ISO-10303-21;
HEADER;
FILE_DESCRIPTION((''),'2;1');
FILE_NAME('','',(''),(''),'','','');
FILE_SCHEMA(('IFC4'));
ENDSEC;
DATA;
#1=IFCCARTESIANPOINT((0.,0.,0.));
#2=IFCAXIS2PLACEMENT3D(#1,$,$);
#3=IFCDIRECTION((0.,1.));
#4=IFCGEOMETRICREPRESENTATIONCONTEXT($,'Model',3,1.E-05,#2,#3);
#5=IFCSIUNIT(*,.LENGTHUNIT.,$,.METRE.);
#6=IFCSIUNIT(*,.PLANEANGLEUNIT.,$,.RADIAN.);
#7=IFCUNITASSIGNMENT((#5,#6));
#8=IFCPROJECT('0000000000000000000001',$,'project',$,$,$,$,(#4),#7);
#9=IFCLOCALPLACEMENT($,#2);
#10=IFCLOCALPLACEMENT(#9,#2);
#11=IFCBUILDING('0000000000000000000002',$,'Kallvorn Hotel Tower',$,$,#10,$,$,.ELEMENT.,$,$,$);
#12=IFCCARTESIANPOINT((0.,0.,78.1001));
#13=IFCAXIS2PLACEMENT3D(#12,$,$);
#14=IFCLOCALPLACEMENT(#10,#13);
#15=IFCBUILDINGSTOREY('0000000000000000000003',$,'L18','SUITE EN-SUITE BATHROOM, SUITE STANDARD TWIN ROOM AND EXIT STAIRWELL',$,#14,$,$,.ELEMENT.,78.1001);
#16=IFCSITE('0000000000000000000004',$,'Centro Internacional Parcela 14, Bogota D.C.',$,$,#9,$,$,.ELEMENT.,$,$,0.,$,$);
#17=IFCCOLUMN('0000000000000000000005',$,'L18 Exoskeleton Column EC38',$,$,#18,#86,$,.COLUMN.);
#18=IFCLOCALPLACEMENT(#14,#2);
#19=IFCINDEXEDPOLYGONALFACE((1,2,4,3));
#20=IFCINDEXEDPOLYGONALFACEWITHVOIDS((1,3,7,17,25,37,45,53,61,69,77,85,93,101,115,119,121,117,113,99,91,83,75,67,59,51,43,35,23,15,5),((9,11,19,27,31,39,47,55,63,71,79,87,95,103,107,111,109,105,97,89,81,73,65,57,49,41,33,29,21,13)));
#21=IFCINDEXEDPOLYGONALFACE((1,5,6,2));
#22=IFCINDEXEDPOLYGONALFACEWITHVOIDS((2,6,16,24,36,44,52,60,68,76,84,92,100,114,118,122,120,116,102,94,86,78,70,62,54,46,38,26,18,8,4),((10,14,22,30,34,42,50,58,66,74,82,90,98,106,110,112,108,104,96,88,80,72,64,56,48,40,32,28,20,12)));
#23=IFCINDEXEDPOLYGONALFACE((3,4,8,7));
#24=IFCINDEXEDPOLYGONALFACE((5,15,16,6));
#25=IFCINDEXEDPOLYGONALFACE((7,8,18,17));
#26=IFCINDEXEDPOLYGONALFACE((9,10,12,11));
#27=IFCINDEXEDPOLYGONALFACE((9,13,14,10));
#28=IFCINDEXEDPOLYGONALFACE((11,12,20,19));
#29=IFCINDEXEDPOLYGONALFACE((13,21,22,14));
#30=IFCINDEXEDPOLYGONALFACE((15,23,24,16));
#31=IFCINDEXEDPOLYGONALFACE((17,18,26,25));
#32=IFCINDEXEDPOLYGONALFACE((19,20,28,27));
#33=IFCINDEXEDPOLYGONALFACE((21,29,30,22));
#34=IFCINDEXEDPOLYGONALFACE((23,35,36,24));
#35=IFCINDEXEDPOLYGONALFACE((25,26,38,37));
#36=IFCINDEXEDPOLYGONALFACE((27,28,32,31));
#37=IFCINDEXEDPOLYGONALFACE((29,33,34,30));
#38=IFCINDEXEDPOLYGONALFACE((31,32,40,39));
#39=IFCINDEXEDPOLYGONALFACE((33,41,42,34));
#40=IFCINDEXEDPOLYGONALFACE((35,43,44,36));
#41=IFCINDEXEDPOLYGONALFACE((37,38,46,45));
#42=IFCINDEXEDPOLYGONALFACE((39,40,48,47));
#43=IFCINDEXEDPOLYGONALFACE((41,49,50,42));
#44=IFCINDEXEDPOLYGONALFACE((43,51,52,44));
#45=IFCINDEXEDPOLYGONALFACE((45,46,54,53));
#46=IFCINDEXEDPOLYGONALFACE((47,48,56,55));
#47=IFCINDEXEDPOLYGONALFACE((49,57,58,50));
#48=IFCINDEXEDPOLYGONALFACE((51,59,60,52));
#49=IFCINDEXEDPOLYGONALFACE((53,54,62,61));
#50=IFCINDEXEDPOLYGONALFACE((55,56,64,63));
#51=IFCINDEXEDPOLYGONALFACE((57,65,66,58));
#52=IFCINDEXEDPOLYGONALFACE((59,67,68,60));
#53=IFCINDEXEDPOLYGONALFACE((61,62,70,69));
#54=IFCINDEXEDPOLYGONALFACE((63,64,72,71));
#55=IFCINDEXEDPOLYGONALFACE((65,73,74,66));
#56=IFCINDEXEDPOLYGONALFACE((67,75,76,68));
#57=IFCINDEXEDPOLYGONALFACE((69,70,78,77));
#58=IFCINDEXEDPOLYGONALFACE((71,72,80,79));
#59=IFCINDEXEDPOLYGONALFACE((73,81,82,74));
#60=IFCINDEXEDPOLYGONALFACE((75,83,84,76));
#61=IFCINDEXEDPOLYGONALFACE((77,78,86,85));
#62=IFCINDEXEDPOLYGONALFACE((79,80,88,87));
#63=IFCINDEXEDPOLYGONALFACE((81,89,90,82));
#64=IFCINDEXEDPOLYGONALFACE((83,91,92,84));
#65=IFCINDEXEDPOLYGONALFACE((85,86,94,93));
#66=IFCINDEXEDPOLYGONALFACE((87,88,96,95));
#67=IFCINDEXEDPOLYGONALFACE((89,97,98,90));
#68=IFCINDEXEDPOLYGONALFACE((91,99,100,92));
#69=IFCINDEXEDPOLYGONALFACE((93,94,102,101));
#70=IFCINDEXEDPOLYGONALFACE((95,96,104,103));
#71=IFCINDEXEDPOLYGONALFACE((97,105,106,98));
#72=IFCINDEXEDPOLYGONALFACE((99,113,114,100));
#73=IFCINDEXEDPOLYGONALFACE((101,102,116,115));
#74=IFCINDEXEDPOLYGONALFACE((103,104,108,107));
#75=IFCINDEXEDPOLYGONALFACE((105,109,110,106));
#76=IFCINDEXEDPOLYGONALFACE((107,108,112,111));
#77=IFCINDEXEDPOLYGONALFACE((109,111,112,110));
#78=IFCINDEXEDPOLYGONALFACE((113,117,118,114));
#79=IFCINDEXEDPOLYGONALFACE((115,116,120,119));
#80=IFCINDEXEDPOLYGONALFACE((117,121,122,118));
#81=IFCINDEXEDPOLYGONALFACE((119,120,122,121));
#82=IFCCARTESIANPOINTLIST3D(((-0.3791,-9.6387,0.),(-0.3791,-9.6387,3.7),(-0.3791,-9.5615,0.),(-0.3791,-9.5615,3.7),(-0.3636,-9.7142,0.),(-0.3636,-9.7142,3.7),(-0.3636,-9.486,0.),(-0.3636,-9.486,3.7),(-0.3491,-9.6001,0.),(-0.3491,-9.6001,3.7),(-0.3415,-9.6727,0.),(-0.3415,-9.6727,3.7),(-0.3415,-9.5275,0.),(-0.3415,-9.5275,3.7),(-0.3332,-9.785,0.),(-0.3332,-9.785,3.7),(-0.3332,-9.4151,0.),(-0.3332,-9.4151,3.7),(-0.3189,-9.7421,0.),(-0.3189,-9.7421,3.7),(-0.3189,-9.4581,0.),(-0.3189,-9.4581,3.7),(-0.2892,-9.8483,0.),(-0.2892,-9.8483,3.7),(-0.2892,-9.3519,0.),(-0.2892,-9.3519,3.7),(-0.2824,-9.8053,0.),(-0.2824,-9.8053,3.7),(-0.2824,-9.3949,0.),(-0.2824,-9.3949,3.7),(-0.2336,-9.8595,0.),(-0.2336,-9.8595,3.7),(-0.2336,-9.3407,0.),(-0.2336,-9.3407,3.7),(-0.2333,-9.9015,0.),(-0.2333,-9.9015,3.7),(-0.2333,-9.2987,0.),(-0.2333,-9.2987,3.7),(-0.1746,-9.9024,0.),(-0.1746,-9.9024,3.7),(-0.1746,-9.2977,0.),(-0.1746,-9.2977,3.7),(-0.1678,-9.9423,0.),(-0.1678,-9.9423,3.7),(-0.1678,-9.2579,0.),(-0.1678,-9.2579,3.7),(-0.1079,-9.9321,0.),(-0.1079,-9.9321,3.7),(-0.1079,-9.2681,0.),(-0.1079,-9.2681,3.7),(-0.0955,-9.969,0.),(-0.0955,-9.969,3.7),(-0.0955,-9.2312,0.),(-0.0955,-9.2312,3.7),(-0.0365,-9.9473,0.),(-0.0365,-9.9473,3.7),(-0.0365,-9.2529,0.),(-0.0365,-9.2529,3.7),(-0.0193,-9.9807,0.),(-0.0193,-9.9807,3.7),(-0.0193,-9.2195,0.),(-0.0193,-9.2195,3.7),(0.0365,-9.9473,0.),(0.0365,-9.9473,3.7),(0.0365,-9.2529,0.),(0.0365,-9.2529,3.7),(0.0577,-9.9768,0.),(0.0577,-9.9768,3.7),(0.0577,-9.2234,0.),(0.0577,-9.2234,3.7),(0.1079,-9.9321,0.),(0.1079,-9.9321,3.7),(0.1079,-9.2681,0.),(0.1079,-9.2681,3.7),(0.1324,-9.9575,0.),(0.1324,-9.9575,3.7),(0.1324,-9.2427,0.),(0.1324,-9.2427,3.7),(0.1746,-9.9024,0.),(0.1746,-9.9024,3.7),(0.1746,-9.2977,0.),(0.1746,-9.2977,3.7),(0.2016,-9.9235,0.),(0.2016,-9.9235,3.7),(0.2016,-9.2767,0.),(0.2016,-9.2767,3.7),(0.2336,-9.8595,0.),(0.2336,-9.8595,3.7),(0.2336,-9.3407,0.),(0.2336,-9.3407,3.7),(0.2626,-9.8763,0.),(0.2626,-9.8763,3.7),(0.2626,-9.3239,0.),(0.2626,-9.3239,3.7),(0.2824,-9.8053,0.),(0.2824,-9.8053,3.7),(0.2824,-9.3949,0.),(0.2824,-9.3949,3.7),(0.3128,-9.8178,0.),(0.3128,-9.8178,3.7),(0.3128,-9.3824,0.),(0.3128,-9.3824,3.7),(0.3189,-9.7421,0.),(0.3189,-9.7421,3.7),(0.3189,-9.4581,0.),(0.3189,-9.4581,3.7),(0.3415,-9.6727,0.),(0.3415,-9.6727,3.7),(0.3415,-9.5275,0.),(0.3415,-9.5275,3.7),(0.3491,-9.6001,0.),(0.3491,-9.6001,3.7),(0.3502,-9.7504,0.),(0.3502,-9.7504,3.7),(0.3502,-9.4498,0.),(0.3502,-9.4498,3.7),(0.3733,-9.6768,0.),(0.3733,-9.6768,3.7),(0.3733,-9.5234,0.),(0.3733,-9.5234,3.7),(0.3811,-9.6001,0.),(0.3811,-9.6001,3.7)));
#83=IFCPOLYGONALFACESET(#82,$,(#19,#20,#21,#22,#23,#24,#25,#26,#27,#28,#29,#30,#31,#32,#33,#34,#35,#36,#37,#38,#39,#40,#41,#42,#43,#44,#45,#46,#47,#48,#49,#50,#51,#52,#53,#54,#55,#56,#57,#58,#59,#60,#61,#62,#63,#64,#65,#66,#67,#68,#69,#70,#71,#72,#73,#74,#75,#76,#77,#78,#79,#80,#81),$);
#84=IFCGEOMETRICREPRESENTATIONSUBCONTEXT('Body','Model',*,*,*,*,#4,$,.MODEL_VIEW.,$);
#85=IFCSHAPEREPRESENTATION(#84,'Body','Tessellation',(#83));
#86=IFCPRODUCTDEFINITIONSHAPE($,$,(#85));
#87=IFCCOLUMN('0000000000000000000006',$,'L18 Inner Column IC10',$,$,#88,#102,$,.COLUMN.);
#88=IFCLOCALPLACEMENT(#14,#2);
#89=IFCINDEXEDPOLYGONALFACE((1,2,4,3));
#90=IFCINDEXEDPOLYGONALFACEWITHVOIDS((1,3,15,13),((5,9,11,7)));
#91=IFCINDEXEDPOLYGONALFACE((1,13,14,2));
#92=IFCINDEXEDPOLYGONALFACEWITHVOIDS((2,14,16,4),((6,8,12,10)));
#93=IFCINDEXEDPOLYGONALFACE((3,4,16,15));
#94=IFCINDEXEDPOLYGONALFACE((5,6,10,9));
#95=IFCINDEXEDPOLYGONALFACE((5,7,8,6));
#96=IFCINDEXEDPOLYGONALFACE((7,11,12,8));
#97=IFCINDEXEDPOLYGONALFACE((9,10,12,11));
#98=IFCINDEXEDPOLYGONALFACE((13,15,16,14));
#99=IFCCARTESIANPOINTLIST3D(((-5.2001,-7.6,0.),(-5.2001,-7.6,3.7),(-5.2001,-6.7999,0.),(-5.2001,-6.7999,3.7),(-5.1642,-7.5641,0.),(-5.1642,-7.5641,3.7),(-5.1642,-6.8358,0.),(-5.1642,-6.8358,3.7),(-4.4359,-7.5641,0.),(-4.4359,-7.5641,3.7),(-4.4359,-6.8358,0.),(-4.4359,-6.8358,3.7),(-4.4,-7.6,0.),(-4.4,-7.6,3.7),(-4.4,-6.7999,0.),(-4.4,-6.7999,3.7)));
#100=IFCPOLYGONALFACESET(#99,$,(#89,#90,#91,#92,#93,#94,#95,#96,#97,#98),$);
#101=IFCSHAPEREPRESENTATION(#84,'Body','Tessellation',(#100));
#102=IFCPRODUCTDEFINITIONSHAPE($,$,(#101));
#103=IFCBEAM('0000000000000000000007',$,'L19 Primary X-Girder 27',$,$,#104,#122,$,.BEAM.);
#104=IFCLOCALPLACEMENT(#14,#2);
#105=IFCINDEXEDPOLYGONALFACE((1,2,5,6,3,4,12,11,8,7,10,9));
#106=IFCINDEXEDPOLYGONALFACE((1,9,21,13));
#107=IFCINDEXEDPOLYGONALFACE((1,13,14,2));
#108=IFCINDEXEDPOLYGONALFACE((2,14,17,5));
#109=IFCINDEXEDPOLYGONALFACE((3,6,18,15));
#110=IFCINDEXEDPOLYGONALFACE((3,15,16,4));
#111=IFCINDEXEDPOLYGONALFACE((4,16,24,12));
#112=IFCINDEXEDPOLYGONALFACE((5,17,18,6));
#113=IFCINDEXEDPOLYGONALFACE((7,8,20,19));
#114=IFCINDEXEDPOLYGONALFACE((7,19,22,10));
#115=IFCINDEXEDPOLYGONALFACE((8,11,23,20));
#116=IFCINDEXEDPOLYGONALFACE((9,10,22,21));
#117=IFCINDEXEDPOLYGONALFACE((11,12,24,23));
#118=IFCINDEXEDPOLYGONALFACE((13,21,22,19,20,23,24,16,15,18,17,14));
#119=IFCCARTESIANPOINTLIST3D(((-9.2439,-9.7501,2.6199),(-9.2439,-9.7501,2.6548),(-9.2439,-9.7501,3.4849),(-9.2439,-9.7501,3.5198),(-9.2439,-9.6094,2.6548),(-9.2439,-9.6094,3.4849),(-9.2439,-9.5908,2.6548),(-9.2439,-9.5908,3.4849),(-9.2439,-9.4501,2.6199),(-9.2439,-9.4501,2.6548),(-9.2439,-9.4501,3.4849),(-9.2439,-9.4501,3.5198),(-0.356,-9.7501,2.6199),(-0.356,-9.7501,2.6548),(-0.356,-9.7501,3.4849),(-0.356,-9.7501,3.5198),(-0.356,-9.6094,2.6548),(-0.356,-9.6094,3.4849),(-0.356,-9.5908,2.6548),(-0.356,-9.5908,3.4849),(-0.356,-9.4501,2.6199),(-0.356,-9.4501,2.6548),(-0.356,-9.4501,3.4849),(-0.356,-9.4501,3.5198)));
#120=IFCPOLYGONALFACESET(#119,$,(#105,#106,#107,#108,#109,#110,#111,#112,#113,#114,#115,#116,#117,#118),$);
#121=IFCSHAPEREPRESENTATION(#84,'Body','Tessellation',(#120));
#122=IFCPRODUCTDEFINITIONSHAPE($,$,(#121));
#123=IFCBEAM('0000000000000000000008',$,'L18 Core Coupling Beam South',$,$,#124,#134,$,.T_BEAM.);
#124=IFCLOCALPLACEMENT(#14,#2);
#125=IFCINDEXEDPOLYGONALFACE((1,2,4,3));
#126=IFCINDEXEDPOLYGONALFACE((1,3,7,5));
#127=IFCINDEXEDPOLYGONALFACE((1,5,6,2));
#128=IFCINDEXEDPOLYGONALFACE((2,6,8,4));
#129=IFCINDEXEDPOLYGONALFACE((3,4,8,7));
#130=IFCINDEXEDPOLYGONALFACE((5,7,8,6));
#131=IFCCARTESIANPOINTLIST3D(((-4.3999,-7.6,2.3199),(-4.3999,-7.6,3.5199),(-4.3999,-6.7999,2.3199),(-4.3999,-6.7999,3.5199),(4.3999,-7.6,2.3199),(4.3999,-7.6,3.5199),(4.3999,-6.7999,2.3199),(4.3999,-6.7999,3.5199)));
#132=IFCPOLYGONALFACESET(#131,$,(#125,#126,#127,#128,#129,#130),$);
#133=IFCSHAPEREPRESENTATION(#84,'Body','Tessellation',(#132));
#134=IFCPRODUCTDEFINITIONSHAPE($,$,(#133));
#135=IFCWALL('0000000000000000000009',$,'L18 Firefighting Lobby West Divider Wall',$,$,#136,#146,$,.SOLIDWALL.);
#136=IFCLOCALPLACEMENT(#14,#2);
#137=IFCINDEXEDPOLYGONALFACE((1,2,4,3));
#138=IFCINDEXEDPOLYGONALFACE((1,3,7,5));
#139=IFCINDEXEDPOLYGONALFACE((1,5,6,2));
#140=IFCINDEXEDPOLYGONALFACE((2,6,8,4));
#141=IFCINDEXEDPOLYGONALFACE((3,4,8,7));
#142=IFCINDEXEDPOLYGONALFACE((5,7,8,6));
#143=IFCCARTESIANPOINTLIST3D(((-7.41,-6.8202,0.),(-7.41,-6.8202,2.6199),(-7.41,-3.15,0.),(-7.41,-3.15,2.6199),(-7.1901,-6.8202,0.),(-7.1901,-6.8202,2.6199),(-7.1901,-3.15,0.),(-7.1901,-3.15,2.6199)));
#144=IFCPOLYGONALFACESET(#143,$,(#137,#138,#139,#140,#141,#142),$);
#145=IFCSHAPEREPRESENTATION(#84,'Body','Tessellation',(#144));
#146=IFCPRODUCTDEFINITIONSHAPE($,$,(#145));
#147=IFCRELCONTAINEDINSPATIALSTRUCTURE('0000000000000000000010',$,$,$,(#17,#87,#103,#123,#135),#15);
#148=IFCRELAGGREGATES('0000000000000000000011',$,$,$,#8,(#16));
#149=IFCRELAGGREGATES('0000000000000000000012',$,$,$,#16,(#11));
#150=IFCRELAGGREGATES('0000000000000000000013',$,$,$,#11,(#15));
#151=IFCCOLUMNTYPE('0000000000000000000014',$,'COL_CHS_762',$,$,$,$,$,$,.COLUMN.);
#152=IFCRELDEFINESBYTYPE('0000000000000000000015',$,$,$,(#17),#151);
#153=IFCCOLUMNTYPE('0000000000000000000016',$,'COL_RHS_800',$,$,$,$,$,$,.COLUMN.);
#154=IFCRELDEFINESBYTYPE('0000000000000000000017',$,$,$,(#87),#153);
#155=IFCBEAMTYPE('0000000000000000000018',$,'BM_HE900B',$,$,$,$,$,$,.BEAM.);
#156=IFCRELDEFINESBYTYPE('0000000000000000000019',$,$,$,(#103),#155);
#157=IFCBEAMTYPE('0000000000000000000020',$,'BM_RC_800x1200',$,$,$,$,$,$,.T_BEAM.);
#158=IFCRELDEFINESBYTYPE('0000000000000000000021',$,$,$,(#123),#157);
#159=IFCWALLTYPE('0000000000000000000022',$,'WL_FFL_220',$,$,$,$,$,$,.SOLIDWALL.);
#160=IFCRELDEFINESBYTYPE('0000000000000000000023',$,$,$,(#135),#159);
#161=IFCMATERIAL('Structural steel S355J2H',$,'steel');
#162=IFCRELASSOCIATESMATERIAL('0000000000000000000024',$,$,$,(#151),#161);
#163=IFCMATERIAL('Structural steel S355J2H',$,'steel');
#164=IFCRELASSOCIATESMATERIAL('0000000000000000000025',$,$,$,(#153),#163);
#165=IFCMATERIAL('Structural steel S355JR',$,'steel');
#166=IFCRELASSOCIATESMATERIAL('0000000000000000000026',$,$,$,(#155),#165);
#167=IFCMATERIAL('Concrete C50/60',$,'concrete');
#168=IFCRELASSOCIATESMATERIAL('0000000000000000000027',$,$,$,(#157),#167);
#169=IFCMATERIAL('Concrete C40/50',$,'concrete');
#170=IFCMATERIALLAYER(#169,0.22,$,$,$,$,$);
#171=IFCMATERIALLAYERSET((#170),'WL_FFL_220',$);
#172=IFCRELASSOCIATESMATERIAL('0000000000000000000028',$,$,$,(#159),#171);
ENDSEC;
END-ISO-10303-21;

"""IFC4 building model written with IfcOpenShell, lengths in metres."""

from ifc_helpers import new_model, si_unit, direction, frame, frame_2d, origin, origin_2d, place, context, subcontext, project, spatial, rectangle, hollow_rectangle, hollow_circle, i_section, extrude, material, layer, layer_set, material_profile, profile_set, type_object, element, save


model = new_model("IFC4")

# Units and contexts
model_context = context("Model", 3, precision=1e-05, world=origin(), true_north=direction((0.0, 1.0)))
body_context = subcontext(model_context, "Body", "Model", "MODEL_VIEW")
ifc_project = project(units=[si_unit("LENGTHUNIT", "METRE"), si_unit("PLANEANGLEUNIT", "RADIAN")], contexts=[model_context])

# Site, building, storey
site_placement = place(None, origin())
site = spatial("IfcSite", under=ifc_project, at=site_placement, Name="Centro Internacional Parcela 14, Bogota D.C.", CompositionType="ELEMENT", RefElevation=0.0)
building_placement = place(site_placement, origin())
building = spatial("IfcBuilding", under=site, at=building_placement, Name="Kallvorn Hotel Tower", CompositionType="ELEMENT")
storey_placement = place(building_placement, frame((0.0, 0.0, 78.1001)))
storey = spatial("IfcBuildingStorey", under=building, at=storey_placement, Name="L18", Description="SUITE EN-SUITE BATHROOM, SUITE STANDARD TWIN ROOM AND EXIT STAIRWELL", CompositionType="ELEMENT", Elevation=78.1001)

# Columns
ifc_material_1 = material(Name="Structural steel S355J2H", Category="steel")
ifc_material_profile_1 = material_profile(ifc_material_1, hollow_circle(Radius=0.3811, WallThickness=0.032, at=origin_2d()), Name="CHS 762x32")
ifc_profile_set_1 = profile_set([ifc_material_profile_1], Name="Structural steel S355J2H")
column_type_1 = type_object("IfcColumnType", Name="COL_CHS_762", PredefinedType="COLUMN", material=ifc_profile_set_1)
column_1_placement = place(storey_placement, frame((0.0, -9.6001, 0.0), z_axis=(0.0, 0.0, 1.0), x_axis=(1.0, 0.0, 0.0)))
element("IfcColumn", 1, at=column_1_placement, inside=storey, type_object=column_type_1, Name="L18 Exoskeleton Column EC38", PredefinedType="COLUMN", context=body_context, shape_type="SweptSolid", body=[
    extrude(hollow_circle(Radius=0.3811, WallThickness=0.032, at=origin_2d()), origin(), (0.0, 0.0, 1.0), 3.7),
])
ifc_material_2 = material(Name="Structural steel S355J2H", Category="steel")
ifc_material_profile_2 = material_profile(ifc_material_2, hollow_rectangle(XDim=0.8, YDim=0.8, WallThickness=0.0359, at=origin_2d()), Name="RHS 800x800x36")
ifc_profile_set_2 = profile_set([ifc_material_profile_2], Name="Structural steel S355J2H")
column_type_2 = type_object("IfcColumnType", Name="COL_RHS_800", PredefinedType="COLUMN", material=ifc_profile_set_2)
column_2_placement = place(storey_placement, frame((-4.8, -7.2, 0.0), z_axis=(0.0, 0.0, 1.0), x_axis=(1.0, 0.0, 0.0)))
element("IfcColumn", 2, at=column_2_placement, inside=storey, type_object=column_type_2, Name="L18 Inner Column IC10", PredefinedType="COLUMN", context=body_context, shape_type="SweptSolid", body=[
    extrude(hollow_rectangle(XDim=0.8, YDim=0.8, WallThickness=0.0359, at=origin_2d()), origin(), (0.0, 0.0, 1.0), 3.7),
])

# Beams
ifc_material_3 = material(Name="Structural steel S355JR", Category="steel")
ifc_material_profile_3 = material_profile(ifc_material_3, i_section(OverallWidth=0.3, OverallDepth=0.8999, WebThickness=0.0186, FlangeThickness=0.0349, at=origin_2d()), Name="HE 900 B")
ifc_profile_set_3 = profile_set([ifc_material_profile_3], Name="Structural steel S355JR")
beam_type_1 = type_object("IfcBeamType", Name="BM_HE900B", PredefinedType="BEAM", material=ifc_profile_set_3)
beam_1_placement = place(storey_placement, frame((-9.2439, -9.6001, 3.0698), z_axis=(1.0, 0.0, 0.0), x_axis=(0.0, 1.0, 0.0)))
element("IfcBeam", 3, at=beam_1_placement, inside=storey, type_object=beam_type_1, Name="L19 Primary X-Girder 27", PredefinedType="BEAM", context=body_context, shape_type="SweptSolid", body=[
    extrude(i_section(OverallWidth=0.3, OverallDepth=0.8999, WebThickness=0.0186, FlangeThickness=0.0349, at=origin_2d()), origin(), (0.0, 0.0, 1.0), 8.8879),
])
ifc_material_4 = material(Name="Concrete C50/60", Category="concrete")
ifc_material_profile_4 = material_profile(ifc_material_4, rectangle(XDim=0.8, YDim=1.2, at=origin_2d()), Name="RC 800x1200")
ifc_profile_set_4 = profile_set([ifc_material_profile_4], Name="Concrete C50/60")
beam_type_2 = type_object("IfcBeamType", Name="BM_RC_800x1200", PredefinedType="T_BEAM", material=ifc_profile_set_4)
beam_2_placement = place(storey_placement, frame((-4.3999, -7.2, 2.9199), z_axis=(1.0, 0.0, 0.0), x_axis=(0.0, 1.0, 0.0)))
element("IfcBeam", 4, at=beam_2_placement, inside=storey, type_object=beam_type_2, Name="L18 Core Coupling Beam South", PredefinedType="T_BEAM", context=body_context, shape_type="SweptSolid", body=[
    extrude(rectangle(XDim=0.8, YDim=1.2, at=origin_2d()), origin(), (0.0, 0.0, 1.0), 8.7998),
])

# Wall
ifc_material_5 = material(Name="Concrete C40/50", Category="concrete")
ifc_layer_1 = layer(ifc_material_5, 0.22)
ifc_layer_set_1 = layer_set([ifc_layer_1], Name="WL_FFL_220")
wall_type_1 = type_object("IfcWallType", Name="WL_FFL_220", PredefinedType="SOLIDWALL", material=ifc_layer_set_1)
wall_1_placement = place(storey_placement, frame((-7.3, -6.8201, 0.0), z_axis=(0.0, 0.0, 1.0), x_axis=(0.0, 1.0, 0.0)))
element("IfcWall", 5, at=wall_1_placement, inside=storey, type_object=wall_type_1, Name="L18 Firefighting Lobby West Divider Wall", PredefinedType="SOLIDWALL", context=body_context, shape_type="SweptSolid", body=[
    extrude(rectangle(XDim=3.6702, YDim=0.22, at=frame_2d((1.835, 0.0))), origin(), (0.0, 0.0, 1.0), 2.6199),
])

save(model, "model.ifc")
